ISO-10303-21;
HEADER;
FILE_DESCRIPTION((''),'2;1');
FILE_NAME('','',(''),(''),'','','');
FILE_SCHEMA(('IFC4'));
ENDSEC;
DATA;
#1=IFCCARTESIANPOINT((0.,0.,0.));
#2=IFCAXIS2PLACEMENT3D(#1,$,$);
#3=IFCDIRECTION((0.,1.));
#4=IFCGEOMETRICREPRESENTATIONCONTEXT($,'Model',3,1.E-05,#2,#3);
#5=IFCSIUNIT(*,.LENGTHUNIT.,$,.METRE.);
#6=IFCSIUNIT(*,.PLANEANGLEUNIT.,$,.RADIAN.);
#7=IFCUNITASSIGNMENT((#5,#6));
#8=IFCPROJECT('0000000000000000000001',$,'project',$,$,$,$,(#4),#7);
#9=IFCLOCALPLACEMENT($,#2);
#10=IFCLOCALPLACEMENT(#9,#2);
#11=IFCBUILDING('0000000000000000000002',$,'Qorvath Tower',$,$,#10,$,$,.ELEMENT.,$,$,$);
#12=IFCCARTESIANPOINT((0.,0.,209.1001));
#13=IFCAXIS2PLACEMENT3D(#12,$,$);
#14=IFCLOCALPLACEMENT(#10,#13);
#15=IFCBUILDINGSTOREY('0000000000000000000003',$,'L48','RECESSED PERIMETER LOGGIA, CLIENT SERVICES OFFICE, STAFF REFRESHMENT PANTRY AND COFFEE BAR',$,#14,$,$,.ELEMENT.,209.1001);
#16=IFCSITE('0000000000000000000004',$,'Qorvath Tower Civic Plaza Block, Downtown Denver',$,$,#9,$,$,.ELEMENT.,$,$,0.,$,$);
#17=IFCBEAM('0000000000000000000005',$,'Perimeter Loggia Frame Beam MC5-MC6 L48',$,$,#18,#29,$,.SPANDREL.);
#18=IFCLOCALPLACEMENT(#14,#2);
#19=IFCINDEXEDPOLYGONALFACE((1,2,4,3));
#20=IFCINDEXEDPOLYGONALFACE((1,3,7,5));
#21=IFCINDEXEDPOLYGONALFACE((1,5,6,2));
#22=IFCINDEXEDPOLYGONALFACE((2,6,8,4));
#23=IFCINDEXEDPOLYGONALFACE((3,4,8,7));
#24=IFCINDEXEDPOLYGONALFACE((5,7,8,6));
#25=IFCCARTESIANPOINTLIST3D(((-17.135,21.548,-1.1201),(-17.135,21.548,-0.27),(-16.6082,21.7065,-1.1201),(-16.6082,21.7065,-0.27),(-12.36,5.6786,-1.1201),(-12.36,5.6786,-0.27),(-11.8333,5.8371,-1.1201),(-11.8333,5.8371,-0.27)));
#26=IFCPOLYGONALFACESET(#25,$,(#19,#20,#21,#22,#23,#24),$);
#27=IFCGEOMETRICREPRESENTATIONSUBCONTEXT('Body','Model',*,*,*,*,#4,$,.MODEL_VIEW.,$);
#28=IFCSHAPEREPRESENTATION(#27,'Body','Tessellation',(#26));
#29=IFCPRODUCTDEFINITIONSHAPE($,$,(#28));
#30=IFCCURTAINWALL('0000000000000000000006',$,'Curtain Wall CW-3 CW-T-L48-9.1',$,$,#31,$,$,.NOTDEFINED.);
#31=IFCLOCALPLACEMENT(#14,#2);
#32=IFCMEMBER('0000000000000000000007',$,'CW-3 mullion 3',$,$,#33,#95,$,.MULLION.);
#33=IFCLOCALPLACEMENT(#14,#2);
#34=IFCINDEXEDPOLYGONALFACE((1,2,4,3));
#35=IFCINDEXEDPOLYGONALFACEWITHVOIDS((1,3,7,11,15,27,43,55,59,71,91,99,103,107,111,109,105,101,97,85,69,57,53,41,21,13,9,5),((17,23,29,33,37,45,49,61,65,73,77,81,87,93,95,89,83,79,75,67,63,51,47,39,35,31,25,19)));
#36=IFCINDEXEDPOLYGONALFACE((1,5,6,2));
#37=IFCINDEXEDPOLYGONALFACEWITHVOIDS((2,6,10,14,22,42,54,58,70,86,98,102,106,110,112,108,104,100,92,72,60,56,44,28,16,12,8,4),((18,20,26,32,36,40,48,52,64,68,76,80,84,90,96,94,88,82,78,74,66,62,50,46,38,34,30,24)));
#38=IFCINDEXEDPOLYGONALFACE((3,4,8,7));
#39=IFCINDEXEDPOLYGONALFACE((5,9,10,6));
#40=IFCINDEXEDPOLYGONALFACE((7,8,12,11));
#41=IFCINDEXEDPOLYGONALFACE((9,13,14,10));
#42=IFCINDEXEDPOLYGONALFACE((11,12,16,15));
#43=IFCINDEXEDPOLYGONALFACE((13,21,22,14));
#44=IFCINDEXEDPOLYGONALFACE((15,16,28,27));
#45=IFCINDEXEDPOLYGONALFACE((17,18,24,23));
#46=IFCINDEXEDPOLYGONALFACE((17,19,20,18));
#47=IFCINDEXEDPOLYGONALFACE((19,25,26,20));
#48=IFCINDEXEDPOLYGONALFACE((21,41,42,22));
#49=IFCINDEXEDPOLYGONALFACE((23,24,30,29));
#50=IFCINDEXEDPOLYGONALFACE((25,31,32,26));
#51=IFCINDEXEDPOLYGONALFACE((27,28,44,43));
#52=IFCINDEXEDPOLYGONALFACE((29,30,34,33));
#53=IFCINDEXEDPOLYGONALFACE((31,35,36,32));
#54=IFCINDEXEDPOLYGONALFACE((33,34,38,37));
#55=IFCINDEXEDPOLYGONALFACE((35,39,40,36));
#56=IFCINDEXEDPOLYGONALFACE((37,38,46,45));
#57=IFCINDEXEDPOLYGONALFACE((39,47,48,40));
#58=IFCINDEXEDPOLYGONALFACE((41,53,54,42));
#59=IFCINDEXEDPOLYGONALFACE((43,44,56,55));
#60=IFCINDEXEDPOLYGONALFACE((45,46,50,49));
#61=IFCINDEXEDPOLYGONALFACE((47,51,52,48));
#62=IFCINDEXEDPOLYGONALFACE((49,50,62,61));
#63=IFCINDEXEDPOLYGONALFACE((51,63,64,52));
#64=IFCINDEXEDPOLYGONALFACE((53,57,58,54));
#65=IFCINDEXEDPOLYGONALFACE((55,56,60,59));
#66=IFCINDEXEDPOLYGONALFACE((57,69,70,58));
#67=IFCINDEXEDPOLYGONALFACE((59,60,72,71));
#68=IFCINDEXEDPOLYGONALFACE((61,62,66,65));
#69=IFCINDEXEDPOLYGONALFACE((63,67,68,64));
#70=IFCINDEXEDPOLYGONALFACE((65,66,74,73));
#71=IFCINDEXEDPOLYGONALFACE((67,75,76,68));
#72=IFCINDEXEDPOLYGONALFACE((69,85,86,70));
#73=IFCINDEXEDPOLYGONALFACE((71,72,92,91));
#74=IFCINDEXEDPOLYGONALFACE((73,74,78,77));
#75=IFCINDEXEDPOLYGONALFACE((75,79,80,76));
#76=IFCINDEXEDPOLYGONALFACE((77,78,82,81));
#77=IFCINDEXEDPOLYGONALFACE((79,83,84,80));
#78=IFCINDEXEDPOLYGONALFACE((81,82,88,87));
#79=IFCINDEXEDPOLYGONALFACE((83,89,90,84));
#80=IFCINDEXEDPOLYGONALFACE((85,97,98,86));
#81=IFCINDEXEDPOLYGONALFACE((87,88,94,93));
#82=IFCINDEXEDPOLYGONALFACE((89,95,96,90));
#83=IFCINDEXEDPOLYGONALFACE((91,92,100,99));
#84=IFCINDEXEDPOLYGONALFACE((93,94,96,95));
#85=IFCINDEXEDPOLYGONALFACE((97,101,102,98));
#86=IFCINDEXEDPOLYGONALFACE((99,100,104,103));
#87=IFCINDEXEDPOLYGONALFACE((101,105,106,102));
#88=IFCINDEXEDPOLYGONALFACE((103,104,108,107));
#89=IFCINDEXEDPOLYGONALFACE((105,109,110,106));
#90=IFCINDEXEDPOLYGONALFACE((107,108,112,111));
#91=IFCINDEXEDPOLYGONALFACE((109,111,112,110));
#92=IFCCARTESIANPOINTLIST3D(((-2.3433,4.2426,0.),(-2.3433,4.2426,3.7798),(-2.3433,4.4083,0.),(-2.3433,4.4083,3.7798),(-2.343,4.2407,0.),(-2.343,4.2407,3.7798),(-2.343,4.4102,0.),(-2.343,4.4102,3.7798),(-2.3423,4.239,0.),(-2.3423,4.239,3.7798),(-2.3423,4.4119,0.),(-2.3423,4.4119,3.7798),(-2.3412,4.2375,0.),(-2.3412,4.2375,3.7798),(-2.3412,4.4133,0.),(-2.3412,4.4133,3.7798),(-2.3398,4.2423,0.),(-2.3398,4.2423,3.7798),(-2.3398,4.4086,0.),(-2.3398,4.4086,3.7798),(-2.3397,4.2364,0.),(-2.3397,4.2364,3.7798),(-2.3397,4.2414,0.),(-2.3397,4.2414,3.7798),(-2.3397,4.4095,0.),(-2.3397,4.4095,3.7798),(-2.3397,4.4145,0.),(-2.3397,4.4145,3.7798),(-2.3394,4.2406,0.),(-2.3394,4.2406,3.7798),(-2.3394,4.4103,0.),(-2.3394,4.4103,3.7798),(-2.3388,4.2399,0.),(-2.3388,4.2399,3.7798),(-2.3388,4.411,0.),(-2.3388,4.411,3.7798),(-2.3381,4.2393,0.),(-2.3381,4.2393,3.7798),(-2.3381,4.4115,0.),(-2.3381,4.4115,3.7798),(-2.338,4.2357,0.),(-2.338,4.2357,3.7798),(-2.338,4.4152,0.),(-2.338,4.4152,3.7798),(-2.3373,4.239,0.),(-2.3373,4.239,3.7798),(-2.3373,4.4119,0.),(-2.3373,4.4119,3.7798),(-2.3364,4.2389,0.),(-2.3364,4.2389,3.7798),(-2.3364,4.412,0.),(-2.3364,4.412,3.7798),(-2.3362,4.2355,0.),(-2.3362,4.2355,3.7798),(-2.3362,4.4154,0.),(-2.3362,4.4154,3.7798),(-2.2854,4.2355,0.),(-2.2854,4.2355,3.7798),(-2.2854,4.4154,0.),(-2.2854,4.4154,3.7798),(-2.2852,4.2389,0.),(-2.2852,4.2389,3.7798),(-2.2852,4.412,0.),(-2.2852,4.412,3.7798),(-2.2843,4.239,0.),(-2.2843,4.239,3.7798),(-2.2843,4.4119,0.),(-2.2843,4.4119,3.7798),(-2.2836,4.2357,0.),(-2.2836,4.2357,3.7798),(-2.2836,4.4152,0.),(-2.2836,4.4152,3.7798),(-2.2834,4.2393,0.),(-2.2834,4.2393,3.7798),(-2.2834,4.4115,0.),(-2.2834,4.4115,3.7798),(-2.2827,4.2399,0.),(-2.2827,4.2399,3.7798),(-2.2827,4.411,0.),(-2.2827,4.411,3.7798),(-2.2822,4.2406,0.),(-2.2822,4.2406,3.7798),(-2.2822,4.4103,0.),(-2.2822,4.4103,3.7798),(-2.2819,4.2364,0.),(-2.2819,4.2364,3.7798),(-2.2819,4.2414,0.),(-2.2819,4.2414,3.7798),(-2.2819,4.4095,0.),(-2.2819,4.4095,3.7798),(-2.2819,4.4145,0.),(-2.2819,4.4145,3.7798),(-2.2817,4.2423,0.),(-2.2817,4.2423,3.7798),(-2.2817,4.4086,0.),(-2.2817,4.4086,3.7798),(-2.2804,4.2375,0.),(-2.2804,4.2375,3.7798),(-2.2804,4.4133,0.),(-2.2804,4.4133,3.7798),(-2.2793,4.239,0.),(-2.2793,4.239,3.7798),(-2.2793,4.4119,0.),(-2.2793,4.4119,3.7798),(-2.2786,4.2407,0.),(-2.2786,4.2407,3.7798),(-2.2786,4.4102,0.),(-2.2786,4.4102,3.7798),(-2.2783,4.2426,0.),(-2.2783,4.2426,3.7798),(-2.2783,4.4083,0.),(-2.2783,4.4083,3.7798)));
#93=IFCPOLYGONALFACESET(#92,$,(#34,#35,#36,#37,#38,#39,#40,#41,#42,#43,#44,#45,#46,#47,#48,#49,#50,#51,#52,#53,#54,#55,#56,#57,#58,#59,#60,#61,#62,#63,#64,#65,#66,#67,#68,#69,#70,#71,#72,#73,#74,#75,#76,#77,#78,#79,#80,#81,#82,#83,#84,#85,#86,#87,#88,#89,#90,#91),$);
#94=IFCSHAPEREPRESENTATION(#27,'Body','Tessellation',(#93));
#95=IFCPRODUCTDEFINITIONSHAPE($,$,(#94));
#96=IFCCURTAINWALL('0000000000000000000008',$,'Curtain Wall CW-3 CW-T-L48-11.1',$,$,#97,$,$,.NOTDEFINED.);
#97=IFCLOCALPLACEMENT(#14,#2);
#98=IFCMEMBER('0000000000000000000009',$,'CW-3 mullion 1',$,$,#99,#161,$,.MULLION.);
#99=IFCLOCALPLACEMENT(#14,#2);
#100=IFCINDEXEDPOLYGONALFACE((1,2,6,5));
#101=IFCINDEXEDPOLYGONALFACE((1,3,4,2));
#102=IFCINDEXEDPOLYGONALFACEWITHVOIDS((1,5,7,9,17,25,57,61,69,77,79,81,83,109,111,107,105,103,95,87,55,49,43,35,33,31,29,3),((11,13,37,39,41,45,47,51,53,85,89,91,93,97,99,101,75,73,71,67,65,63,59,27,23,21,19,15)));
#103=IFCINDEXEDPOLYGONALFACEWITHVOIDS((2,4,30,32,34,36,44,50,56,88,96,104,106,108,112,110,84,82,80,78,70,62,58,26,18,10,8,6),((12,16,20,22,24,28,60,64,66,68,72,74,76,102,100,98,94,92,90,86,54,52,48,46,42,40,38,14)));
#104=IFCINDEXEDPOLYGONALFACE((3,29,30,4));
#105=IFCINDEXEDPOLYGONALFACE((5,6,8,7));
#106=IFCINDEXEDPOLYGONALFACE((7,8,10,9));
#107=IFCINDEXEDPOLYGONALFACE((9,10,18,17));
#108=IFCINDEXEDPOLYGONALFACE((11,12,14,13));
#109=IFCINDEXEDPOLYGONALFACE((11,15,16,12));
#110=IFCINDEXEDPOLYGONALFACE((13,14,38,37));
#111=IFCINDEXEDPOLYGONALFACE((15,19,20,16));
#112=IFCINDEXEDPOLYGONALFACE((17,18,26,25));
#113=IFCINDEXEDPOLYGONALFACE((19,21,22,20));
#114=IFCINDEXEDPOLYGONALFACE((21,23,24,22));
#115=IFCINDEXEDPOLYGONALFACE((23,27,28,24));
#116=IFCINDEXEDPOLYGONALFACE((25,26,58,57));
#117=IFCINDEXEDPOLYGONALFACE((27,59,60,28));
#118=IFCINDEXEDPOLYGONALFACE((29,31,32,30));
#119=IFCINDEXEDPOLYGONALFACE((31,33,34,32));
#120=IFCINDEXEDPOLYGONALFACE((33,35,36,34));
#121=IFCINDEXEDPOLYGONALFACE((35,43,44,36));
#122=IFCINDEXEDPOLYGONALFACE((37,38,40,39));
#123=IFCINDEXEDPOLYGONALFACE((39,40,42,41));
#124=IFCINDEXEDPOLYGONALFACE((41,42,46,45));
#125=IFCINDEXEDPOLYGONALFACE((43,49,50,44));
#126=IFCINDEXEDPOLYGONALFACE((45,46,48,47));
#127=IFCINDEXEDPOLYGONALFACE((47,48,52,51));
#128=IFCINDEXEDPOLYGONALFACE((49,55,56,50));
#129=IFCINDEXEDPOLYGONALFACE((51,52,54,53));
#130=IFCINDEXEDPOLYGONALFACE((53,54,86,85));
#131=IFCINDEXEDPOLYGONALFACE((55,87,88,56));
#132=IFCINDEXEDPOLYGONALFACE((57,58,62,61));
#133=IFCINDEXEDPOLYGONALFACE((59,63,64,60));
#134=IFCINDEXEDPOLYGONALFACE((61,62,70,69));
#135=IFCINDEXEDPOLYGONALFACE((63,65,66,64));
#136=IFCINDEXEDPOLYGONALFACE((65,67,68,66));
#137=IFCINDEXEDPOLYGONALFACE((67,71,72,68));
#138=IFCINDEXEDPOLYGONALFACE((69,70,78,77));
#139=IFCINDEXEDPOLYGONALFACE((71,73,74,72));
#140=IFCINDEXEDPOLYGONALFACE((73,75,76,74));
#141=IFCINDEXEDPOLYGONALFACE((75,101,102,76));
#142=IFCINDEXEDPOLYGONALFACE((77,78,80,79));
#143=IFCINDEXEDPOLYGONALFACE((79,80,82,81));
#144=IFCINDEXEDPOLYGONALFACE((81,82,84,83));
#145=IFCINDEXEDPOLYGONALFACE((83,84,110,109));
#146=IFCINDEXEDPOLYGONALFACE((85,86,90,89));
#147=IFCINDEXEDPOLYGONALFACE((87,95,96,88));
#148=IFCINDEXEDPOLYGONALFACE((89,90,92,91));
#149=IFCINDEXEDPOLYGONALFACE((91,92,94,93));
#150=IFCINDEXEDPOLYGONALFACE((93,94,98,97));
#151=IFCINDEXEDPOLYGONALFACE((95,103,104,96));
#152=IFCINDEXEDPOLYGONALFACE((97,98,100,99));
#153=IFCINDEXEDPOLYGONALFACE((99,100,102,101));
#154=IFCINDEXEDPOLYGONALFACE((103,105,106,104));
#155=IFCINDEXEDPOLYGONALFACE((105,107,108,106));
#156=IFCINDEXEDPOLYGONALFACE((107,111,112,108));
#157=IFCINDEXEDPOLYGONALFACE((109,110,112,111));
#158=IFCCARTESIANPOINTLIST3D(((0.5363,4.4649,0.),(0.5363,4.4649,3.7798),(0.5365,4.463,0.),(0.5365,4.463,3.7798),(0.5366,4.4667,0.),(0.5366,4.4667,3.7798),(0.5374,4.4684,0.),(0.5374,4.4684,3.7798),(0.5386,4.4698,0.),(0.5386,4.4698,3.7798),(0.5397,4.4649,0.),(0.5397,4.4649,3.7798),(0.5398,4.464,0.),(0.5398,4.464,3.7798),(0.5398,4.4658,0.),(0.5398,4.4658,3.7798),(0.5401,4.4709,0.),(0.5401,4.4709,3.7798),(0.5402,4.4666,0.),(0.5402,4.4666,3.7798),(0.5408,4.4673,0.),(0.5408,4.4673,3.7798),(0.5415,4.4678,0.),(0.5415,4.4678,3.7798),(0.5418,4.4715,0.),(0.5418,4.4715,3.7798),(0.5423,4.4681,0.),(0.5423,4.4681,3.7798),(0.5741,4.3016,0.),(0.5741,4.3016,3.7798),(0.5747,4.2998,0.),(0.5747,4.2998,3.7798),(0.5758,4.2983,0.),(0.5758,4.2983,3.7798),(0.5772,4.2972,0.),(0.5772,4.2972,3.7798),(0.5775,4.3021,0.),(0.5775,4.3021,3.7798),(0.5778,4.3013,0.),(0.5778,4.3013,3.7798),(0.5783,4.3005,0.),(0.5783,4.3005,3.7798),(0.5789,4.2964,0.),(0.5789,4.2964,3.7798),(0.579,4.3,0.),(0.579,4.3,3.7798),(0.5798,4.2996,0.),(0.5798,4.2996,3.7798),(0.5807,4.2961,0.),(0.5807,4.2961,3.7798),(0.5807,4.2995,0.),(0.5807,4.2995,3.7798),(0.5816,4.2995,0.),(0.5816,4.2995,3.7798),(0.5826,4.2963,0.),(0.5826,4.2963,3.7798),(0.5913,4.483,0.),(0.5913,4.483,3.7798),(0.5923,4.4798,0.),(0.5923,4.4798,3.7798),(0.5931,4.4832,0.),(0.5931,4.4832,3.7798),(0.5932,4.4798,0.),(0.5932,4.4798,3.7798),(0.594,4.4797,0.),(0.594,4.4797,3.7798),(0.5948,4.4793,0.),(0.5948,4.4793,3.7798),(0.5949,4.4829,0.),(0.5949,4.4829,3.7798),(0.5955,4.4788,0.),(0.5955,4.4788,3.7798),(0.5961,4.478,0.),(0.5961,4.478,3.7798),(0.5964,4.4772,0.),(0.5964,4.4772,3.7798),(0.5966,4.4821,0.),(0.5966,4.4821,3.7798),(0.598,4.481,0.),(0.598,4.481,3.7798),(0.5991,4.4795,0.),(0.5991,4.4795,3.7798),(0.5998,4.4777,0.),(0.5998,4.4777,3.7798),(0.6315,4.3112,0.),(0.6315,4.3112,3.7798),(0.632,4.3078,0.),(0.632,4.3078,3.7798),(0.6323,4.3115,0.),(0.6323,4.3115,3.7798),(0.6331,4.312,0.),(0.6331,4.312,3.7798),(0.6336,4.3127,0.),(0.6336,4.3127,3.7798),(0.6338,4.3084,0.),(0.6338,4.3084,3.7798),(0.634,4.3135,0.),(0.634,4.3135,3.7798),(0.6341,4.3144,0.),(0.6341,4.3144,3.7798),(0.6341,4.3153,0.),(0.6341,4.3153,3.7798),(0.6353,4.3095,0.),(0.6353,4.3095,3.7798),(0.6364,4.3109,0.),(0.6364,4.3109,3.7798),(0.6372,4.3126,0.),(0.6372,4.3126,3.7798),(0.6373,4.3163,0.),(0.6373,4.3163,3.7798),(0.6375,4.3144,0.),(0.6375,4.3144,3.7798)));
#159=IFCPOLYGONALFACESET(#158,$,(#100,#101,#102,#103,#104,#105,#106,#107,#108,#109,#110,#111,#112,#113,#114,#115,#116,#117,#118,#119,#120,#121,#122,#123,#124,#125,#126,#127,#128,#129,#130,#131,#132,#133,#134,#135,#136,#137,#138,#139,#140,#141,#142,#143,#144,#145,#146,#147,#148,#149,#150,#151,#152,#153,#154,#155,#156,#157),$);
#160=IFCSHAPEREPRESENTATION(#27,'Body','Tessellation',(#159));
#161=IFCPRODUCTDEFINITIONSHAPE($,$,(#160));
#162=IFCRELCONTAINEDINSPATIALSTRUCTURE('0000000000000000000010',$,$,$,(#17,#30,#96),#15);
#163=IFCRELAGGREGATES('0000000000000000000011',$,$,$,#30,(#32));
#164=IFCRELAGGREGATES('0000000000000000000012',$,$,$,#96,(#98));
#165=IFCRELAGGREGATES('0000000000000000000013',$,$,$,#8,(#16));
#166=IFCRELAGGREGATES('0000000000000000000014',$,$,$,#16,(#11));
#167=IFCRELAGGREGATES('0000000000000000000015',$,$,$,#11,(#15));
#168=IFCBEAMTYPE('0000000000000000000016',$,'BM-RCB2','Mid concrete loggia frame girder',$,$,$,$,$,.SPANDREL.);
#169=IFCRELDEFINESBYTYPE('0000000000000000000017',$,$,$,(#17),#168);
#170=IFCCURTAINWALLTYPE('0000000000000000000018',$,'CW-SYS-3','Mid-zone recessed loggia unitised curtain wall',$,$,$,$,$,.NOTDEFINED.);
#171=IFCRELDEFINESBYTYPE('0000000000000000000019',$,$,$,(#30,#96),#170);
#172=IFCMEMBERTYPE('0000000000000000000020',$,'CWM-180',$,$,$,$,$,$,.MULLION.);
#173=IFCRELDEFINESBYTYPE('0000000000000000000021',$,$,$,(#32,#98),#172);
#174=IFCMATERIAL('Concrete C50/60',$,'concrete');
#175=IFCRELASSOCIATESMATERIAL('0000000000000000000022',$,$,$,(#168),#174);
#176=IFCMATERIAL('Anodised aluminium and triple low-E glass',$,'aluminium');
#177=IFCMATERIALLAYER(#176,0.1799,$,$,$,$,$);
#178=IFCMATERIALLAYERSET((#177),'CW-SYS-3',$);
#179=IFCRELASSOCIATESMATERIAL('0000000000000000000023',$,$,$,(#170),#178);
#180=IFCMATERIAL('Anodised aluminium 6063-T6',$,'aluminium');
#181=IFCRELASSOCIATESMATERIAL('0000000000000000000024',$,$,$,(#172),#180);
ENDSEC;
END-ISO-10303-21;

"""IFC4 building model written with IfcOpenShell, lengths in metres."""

from ifc_helpers import new_model, si_unit, direction, frame, origin, origin_2d, place, context, subcontext, project, spatial, rectangle, hollow_rectangle, extrude, material, layer, layer_set, material_profile, profile_set, type_object, element, aggregate, save


model = new_model("IFC4")

# Units and contexts
model_context = context("Model", 3, precision=1e-05, world=origin(), true_north=direction((0.0, 1.0)))
body_context = subcontext(model_context, "Body", "Model", "MODEL_VIEW")
ifc_project = project(units=[si_unit("LENGTHUNIT", "METRE"), si_unit("PLANEANGLEUNIT", "RADIAN")], contexts=[model_context])

# Site, building, storey
site_placement = place(None, origin())
site = spatial("IfcSite", under=ifc_project, at=site_placement, Name="Qorvath Tower Civic Plaza Block, Downtown Denver", CompositionType="ELEMENT", RefElevation=0.0)
building_placement = place(site_placement, origin())
building = spatial("IfcBuilding", under=site, at=building_placement, Name="Qorvath Tower", CompositionType="ELEMENT")
storey_placement = place(building_placement, frame((0.0, 0.0, 209.1001)))
storey = spatial("IfcBuildingStorey", under=building, at=storey_placement, Name="L48", Description="RECESSED PERIMETER LOGGIA, CLIENT SERVICES OFFICE, STAFF REFRESHMENT PANTRY AND COFFEE BAR", CompositionType="ELEMENT", Elevation=209.1001)

# Beam
ifc_material_1 = material(Name="Concrete C50/60", Category="concrete")
ifc_material_profile_1 = material_profile(ifc_material_1, rectangle(XDim=0.55, YDim=0.8501, at=origin_2d()), Name="RCB 850x550")
ifc_profile_set_1 = profile_set([ifc_material_profile_1], Name="Concrete C50/60")
beam_type_1 = type_object("IfcBeamType", Name="BM-RCB2", Description="Mid concrete loggia frame girder", PredefinedType="SPANDREL", material=ifc_profile_set_1)
beam_1_placement = place(storey_placement, frame((-12.0967, 5.7578, -0.6951), z_axis=(-0.288128, 0.957592, 0.0), x_axis=(-0.957592, -0.288128, 0.0)))
element("IfcBeam", 1, at=beam_1_placement, inside=storey, type_object=beam_type_1, Name="Perimeter Loggia Frame Beam MC5-MC6 L48", PredefinedType="SPANDREL", context=body_context, shape_type="SweptSolid", body=[
    extrude(rectangle(XDim=0.55, YDim=0.8501, at=origin_2d()), origin(), (0.0, 0.0, 1.0), 16.5723),
])

# Curtain wall, member
ifc_material_2 = material(Name="Anodised aluminium and triple low-E glass", Category="aluminium")
ifc_layer_1 = layer(ifc_material_2, 0.1799)
ifc_layer_set_1 = layer_set([ifc_layer_1], Name="CW-SYS-3")
curtain_wall_type = type_object("IfcCurtainWallType", Name="CW-SYS-3", Description="Mid-zone recessed loggia unitised curtain wall", PredefinedType="NOTDEFINED", material=ifc_layer_set_1)
curtain_wall_1_placement = place(storey_placement, origin())
curtain_wall_1 = element("IfcCurtainWall", 2, at=curtain_wall_1_placement, inside=storey, type_object=curtain_wall_type, Name="Curtain Wall CW-3 CW-T-L48-9.1", PredefinedType="NOTDEFINED")
ifc_material_3 = material(Name="Anodised aluminium 6063-T6", Category="aluminium")
ifc_material_profile_2 = material_profile(ifc_material_3, hollow_rectangle(XDim=0.0649, YDim=0.1799, WallThickness=0.0034, InnerFilletRadius=0.0034, OuterFilletRadius=0.0071, at=origin_2d()), Name="CWM 180x65")
ifc_profile_set_2 = profile_set([ifc_material_profile_2], Name="Anodised aluminium 6063-T6")
member_type_1 = type_object("IfcMemberType", Name="CWM-180", PredefinedType="MULLION", material=ifc_profile_set_2)
member_1_placement = place(storey_placement, frame((-2.3108, 4.3254, 0.0), z_axis=(0.0, 0.0, 1.0), x_axis=(-1.0, 0.0, 0.0)))
member_1 = element("IfcMember", 3, at=member_1_placement, type_object=member_type_1, Name="CW-3 mullion 3", PredefinedType="MULLION", context=body_context, shape_type="SweptSolid", body=[
    extrude(hollow_rectangle(XDim=0.0649, YDim=0.1799, WallThickness=0.0034, InnerFilletRadius=0.0034, OuterFilletRadius=0.0071, at=origin_2d()), origin(), (0.0, 0.0, 1.0), 3.7798),
])
aggregate(curtain_wall_1, [member_1])

# Curtain wall, member
curtain_wall_2_placement = place(storey_placement, origin())
curtain_wall_2 = element("IfcCurtainWall", 4, at=curtain_wall_2_placement, inside=storey, type_object=curtain_wall_type, Name="Curtain Wall CW-3 CW-T-L48-11.1", PredefinedType="NOTDEFINED")
member_2_placement = place(storey_placement, frame((0.5869, 4.3896, 0.0), z_axis=(0.0, 0.0, 1.0), x_axis=(-0.973971, -0.226671, 0.0)))
member_2 = element("IfcMember", 5, at=member_2_placement, type_object=member_type_1, Name="CW-3 mullion 1", PredefinedType="MULLION", context=body_context, shape_type="SweptSolid", body=[
    extrude(hollow_rectangle(XDim=0.0649, YDim=0.1799, WallThickness=0.0034, InnerFilletRadius=0.0034, OuterFilletRadius=0.0071, at=origin_2d()), origin(), (0.0, 0.0, 1.0), 3.7798),
])

aggregate(curtain_wall_2, [member_2])

save(model, "model.ifc")
